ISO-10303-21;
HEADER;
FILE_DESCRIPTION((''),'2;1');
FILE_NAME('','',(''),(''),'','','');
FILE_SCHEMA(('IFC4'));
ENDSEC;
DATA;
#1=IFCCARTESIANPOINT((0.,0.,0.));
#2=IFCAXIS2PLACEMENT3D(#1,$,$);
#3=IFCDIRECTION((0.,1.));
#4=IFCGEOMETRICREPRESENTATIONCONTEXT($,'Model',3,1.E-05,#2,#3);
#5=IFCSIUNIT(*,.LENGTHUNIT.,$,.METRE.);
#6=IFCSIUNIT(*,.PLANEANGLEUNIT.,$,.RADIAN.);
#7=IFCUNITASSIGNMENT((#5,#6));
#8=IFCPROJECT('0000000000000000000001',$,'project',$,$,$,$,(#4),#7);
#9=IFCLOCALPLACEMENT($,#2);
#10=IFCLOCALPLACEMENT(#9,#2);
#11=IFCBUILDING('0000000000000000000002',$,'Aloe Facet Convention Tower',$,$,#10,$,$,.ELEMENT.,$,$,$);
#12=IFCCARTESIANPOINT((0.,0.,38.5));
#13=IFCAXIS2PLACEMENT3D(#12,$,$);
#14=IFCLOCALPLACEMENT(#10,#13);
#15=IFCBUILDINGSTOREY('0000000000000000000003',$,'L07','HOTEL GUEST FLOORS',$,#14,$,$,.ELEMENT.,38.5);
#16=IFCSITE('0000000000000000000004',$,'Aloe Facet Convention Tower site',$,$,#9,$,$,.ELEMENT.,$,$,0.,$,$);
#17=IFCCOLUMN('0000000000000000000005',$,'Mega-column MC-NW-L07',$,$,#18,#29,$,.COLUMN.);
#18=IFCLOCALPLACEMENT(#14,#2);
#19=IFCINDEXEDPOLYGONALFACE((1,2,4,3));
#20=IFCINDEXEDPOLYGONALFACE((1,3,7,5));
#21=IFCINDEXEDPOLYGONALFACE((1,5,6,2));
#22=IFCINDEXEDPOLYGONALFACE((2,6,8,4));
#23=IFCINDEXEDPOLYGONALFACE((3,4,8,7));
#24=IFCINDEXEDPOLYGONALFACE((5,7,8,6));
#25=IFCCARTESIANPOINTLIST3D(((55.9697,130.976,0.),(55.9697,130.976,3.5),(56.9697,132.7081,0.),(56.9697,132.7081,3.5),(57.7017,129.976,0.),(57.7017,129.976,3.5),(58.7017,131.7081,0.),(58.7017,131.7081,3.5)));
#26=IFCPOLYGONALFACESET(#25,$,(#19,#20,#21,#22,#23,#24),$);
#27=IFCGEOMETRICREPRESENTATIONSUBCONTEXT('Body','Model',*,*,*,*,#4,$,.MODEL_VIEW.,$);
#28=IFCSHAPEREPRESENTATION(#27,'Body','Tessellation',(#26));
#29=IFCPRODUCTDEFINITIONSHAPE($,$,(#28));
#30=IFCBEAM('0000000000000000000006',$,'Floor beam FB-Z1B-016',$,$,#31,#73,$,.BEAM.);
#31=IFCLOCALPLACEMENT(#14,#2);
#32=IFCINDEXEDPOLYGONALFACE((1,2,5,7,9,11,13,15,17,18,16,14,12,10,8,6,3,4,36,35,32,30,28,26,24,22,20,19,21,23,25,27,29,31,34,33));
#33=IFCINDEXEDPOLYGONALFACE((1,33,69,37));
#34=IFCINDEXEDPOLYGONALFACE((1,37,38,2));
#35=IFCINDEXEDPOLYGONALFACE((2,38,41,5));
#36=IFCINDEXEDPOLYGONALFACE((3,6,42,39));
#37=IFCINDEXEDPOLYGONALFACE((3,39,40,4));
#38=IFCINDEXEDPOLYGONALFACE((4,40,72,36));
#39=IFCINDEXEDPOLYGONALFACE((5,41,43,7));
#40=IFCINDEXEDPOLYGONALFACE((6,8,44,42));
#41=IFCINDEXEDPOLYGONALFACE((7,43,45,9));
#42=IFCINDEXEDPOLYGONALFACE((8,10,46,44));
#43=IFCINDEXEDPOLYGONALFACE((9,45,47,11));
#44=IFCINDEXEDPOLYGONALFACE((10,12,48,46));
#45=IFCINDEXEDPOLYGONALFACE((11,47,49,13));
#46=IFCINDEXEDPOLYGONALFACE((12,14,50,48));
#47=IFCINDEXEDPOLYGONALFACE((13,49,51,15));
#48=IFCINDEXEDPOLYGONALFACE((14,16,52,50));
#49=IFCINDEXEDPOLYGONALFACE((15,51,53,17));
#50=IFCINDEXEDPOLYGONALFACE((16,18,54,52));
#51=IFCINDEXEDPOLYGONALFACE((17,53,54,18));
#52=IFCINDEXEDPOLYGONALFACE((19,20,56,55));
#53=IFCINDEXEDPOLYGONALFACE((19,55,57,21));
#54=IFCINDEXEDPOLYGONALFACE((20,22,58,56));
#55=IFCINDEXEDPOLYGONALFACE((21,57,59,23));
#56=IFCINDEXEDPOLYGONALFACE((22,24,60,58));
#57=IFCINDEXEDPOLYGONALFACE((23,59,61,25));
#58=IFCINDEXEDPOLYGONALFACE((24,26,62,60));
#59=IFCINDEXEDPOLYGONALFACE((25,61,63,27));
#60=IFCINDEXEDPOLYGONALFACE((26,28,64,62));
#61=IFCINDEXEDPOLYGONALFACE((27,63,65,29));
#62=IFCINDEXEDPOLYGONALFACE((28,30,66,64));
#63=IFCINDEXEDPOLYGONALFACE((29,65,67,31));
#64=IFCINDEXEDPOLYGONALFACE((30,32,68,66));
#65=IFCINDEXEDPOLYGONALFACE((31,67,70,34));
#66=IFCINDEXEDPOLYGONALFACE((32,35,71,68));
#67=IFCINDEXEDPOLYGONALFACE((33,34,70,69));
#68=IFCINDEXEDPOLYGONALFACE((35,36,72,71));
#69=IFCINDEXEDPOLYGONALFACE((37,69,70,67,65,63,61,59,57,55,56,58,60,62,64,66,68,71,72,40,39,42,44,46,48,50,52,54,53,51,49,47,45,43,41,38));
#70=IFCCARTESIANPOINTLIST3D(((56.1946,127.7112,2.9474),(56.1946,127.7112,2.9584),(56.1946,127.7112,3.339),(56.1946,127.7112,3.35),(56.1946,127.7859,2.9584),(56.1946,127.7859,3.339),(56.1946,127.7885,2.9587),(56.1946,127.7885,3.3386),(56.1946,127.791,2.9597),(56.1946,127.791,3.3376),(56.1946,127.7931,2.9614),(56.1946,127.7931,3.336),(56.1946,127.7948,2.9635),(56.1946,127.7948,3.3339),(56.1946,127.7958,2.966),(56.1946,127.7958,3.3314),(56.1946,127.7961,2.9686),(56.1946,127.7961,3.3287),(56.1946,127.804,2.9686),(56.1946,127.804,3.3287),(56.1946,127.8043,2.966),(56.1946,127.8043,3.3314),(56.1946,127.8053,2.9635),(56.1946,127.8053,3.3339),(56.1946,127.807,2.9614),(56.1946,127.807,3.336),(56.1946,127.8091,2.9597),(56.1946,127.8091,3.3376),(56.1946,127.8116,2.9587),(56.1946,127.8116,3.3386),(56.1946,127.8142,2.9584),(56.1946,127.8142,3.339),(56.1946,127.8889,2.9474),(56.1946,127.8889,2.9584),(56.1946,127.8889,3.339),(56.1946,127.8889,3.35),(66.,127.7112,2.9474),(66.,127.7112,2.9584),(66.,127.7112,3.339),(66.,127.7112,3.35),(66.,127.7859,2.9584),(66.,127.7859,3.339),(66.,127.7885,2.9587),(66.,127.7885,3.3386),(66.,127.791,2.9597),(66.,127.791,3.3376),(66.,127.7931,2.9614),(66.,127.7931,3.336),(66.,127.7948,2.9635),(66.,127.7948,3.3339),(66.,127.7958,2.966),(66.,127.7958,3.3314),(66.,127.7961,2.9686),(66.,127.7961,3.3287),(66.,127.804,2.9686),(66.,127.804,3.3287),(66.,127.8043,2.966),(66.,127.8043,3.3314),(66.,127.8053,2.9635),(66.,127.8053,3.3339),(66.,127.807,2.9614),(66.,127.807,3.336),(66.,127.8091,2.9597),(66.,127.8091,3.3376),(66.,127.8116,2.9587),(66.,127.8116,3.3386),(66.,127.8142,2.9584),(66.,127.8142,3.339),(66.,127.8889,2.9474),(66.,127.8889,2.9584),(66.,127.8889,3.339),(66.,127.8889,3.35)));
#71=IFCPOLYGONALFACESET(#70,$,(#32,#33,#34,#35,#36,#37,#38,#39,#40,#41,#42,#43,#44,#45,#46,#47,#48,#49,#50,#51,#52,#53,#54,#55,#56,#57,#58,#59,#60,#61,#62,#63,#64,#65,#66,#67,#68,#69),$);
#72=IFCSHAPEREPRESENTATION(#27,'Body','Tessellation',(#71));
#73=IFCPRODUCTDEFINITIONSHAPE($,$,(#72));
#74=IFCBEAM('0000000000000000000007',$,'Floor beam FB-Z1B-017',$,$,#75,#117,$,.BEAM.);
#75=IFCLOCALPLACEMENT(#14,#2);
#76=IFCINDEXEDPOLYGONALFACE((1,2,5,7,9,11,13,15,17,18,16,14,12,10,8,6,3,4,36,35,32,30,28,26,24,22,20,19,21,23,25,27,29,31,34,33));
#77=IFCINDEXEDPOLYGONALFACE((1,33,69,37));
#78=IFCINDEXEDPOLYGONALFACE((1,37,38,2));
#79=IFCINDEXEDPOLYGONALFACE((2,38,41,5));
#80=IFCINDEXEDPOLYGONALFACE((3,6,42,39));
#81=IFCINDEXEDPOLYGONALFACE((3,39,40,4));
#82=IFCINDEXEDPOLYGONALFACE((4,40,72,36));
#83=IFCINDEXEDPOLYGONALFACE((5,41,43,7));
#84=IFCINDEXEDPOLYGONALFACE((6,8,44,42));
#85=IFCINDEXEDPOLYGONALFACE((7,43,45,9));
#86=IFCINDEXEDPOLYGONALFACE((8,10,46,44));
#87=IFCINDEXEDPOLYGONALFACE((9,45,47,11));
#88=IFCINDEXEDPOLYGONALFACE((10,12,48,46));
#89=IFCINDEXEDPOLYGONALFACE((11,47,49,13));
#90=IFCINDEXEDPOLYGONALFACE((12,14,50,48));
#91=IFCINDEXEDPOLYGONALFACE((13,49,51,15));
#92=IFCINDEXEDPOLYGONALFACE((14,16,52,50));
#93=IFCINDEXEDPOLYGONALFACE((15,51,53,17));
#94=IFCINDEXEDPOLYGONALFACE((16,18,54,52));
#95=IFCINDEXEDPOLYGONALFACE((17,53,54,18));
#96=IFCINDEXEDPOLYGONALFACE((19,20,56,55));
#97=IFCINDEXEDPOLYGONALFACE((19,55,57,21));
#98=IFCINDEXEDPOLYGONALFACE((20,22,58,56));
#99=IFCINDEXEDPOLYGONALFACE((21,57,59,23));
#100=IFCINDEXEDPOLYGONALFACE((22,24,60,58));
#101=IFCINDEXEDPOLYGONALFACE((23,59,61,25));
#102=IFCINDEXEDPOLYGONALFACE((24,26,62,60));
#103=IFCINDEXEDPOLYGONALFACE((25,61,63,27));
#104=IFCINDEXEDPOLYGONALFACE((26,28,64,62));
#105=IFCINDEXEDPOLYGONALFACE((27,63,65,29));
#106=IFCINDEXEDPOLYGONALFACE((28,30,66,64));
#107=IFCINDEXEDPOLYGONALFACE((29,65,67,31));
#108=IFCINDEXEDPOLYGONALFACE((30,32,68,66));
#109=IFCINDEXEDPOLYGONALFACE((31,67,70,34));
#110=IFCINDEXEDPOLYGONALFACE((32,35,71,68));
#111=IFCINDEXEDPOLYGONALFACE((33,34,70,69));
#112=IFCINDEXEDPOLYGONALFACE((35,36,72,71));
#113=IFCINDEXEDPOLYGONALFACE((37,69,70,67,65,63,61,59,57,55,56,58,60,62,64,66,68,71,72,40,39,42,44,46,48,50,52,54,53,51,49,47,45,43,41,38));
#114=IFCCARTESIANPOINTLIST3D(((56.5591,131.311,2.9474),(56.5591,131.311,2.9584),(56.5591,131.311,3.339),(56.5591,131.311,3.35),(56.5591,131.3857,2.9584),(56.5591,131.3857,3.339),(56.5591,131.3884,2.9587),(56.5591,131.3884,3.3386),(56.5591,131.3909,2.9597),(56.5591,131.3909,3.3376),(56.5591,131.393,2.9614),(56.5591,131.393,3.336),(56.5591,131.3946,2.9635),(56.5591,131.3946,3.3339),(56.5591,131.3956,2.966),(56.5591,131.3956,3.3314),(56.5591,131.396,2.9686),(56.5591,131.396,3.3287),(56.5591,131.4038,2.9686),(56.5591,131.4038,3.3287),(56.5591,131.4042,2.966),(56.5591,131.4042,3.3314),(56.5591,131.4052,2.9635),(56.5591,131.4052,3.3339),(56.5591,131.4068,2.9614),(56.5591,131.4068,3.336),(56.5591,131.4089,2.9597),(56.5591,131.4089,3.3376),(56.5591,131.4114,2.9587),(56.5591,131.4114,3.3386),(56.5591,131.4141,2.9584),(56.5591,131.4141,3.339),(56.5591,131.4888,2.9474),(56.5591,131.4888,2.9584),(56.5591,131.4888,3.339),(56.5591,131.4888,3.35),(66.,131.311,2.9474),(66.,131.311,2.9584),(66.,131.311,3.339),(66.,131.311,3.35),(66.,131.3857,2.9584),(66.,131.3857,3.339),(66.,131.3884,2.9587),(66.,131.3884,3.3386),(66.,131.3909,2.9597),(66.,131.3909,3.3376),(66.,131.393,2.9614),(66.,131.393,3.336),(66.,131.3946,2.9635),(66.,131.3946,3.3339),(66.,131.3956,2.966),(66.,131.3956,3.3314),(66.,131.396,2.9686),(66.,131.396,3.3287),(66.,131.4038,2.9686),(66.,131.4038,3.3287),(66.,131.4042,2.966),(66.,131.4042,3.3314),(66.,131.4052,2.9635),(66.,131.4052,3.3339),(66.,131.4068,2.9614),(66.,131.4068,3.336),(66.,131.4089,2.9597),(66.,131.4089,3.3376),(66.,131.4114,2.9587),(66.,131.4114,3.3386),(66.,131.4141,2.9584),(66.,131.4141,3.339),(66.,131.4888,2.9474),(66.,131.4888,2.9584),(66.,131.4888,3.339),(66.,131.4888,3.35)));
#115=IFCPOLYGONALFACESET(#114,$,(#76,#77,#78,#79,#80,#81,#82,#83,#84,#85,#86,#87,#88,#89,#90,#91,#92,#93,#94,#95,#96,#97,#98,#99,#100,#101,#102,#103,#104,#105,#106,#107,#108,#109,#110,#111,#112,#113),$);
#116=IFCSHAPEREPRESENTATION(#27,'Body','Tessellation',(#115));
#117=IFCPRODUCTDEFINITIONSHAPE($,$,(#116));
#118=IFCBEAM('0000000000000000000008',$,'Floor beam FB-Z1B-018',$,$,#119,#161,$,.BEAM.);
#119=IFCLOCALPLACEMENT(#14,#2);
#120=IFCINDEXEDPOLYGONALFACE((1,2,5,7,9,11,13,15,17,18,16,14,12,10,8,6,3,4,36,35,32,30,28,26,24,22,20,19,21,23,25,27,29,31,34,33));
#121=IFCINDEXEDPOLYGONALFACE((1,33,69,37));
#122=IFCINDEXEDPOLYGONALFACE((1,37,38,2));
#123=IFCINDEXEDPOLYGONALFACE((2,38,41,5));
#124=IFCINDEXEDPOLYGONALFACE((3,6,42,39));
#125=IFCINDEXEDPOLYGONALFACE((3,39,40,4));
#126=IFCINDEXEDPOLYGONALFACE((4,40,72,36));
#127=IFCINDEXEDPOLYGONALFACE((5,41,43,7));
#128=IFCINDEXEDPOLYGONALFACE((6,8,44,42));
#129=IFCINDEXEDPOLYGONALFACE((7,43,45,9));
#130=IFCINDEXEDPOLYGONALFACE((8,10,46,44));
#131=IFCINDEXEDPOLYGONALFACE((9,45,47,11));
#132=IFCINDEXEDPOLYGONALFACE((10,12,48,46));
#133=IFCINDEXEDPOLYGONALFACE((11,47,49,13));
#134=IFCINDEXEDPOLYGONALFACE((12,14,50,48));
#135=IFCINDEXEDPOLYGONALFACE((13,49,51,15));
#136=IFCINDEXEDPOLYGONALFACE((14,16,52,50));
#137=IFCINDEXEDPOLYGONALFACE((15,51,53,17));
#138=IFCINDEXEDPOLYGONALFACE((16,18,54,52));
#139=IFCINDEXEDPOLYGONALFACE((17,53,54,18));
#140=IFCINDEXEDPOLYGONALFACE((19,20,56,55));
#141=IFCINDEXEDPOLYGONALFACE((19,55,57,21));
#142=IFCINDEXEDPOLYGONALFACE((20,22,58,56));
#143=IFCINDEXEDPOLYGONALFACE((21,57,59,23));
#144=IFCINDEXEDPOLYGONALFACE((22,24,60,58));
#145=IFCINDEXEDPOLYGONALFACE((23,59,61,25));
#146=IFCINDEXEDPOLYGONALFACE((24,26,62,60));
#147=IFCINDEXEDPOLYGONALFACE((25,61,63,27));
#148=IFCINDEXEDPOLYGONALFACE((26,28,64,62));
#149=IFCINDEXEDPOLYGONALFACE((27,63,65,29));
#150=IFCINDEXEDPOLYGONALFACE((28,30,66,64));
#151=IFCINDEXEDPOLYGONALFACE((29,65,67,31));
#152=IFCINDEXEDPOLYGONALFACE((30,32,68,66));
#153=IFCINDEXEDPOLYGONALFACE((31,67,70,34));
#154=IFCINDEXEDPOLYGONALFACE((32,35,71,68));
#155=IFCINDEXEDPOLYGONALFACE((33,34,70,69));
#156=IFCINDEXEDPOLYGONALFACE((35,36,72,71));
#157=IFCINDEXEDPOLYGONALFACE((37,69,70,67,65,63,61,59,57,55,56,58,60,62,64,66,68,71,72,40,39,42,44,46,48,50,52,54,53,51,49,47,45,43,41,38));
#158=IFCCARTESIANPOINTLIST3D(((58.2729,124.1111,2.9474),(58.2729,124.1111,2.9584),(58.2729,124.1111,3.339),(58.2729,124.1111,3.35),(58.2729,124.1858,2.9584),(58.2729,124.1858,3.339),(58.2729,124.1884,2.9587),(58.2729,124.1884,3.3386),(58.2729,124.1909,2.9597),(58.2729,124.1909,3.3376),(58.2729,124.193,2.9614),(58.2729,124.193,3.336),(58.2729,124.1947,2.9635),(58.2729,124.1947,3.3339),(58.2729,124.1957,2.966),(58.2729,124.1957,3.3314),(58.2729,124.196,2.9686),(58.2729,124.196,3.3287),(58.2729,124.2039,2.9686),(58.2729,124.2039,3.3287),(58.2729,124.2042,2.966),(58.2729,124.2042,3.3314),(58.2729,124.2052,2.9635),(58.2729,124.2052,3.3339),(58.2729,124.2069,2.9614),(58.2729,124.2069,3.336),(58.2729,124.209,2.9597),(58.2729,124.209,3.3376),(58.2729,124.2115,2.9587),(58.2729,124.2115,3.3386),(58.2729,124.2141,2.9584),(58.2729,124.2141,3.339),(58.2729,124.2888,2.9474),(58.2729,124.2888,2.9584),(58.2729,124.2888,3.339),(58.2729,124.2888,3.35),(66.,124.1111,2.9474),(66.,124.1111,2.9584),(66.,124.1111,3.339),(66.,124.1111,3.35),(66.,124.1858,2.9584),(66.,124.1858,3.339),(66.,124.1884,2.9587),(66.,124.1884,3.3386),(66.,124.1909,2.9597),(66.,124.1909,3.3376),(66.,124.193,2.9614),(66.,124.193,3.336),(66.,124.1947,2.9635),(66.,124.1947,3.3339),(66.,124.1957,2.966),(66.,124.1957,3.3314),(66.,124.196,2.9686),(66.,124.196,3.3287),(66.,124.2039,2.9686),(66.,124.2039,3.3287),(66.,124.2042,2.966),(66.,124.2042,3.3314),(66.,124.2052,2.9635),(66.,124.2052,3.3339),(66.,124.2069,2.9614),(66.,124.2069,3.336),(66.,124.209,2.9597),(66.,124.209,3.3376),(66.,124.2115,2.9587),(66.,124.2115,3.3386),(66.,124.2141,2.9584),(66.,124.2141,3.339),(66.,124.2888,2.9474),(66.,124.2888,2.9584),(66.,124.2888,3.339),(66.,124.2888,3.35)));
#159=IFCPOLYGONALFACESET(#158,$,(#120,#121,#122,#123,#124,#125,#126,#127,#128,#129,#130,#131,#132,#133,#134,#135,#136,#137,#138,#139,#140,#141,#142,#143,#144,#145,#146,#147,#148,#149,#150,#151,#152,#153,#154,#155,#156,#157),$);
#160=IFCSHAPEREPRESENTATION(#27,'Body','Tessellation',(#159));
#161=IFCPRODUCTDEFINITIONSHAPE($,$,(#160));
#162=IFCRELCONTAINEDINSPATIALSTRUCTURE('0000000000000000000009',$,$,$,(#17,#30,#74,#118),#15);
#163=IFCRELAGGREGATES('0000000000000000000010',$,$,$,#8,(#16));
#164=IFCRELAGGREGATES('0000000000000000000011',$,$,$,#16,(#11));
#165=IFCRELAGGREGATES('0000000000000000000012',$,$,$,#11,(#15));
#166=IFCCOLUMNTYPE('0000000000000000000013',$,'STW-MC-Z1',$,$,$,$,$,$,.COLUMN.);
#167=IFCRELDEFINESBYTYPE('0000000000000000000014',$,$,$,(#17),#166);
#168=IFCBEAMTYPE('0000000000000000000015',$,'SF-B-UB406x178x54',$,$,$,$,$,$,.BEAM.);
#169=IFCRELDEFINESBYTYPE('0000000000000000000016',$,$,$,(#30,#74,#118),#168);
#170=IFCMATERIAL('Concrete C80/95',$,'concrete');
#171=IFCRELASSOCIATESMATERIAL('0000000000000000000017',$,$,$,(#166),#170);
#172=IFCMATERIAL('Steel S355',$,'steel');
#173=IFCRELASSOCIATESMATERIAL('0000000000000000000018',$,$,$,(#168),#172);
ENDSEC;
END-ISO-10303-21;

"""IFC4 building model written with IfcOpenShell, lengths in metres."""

from ifc_helpers import new_model, si_unit, direction, frame, origin, origin_2d, place, context, subcontext, project, spatial, rectangle, i_section, extrude, material, material_profile, profile_set, type_object, element, save


model = new_model("IFC4")

# Units and contexts
model_context = context("Model", 3, precision=1e-05, world=origin(), true_north=direction((0.0, 1.0)))
body_context = subcontext(model_context, "Body", "Model", "MODEL_VIEW")
ifc_project = project(units=[si_unit("LENGTHUNIT", "METRE"), si_unit("PLANEANGLEUNIT", "RADIAN")], contexts=[model_context])

# Site, building, storey
site_placement = place(None, origin())
site = spatial("IfcSite", under=ifc_project, at=site_placement, Name="Aloe Facet Convention Tower site", CompositionType="ELEMENT", RefElevation=0.0)
building_placement = place(site_placement, origin())
building = spatial("IfcBuilding", under=site, at=building_placement, Name="Aloe Facet Convention Tower", CompositionType="ELEMENT")
storey_placement = place(building_placement, frame((0.0, 0.0, 38.5)))
storey = spatial("IfcBuildingStorey", under=building, at=storey_placement, Name="L07", Description="HOTEL GUEST FLOORS", CompositionType="ELEMENT", Elevation=38.5)

# Column
ifc_material_1 = material(Name="Concrete C80/95", Category="concrete")
ifc_material_profile_1 = material_profile(ifc_material_1, rectangle(XDim=2.0, YDim=2.0, at=origin_2d()), Name="STW-MC-Z1")
ifc_profile_set_1 = profile_set([ifc_material_profile_1], Name="Concrete C80/95")
column_type = type_object("IfcColumnType", Name="STW-MC-Z1", PredefinedType="COLUMN", material=ifc_profile_set_1)
column_placement = place(storey_placement, frame((57.3357, 131.342, 0.0), z_axis=(0.0, 0.0, 1.0), x_axis=(-0.5, -0.866025, 0.0)))
element("IfcColumn", 1, at=column_placement, inside=storey, type_object=column_type, Name="Mega-column MC-NW-L07", PredefinedType="COLUMN", context=body_context, shape_type="SweptSolid", body=[
    extrude(rectangle(XDim=2.0, YDim=2.0, at=origin_2d()), origin(), (0.0, 0.0, 1.0), 3.5),
])

# Beams
ifc_material_2 = material(Name="Steel S355", Category="steel")
ifc_material_profile_2 = material_profile(ifc_material_2, i_section(OverallWidth=0.1777, OverallDepth=0.4026, WebThickness=0.0078, FlangeThickness=0.011, FilletRadius=0.0103, at=origin_2d()), Name="UB 406x178x54")
ifc_profile_set_2 = profile_set([ifc_material_profile_2], Name="Steel S355")
beam_type_1 = type_object("IfcBeamType", Name="SF-B-UB406x178x54", PredefinedType="BEAM", material=ifc_profile_set_2)
beam_1_placement = place(storey_placement, frame((56.1946, 127.8, 3.1487), z_axis=(1.0, 0.0, 0.0), x_axis=(0.0, 1.0, 0.0)))
element("IfcBeam", 2, at=beam_1_placement, inside=storey, type_object=beam_type_1, Name="Floor beam FB-Z1B-016", PredefinedType="BEAM", context=body_context, shape_type="SweptSolid", body=[
    extrude(i_section(OverallWidth=0.1777, OverallDepth=0.4026, WebThickness=0.0078, FlangeThickness=0.011, FilletRadius=0.0103, at=origin_2d()), origin(), (0.0, 0.0, 1.0), 9.8054),
])
beam_2_placement = place(storey_placement, frame((56.5591, 131.3999, 3.1487), z_axis=(1.0, 0.0, 0.0), x_axis=(0.0, 1.0, 0.0)))
element("IfcBeam", 3, at=beam_2_placement, inside=storey, type_object=beam_type_1, Name="Floor beam FB-Z1B-017", PredefinedType="BEAM", context=body_context, shape_type="SweptSolid", body=[
    extrude(i_section(OverallWidth=0.1777, OverallDepth=0.4026, WebThickness=0.0078, FlangeThickness=0.011, FilletRadius=0.0103, at=origin_2d()), origin(), (0.0, 0.0, 1.0), 9.4409),
])
beam_3_placement = place(storey_placement, frame((58.2729, 124.2, 3.1487), z_axis=(1.0, 0.0, 0.0), x_axis=(0.0, 1.0, 0.0)))
element("IfcBeam", 4, at=beam_3_placement, inside=storey, type_object=beam_type_1, Name="Floor beam FB-Z1B-018", PredefinedType="BEAM", context=body_context, shape_type="SweptSolid", body=[
    extrude(i_section(OverallWidth=0.1777, OverallDepth=0.4026, WebThickness=0.0078, FlangeThickness=0.011, FilletRadius=0.0103, at=origin_2d()), origin(), (0.0, 0.0, 1.0), 7.7271),
])

save(model, "model.ifc")
